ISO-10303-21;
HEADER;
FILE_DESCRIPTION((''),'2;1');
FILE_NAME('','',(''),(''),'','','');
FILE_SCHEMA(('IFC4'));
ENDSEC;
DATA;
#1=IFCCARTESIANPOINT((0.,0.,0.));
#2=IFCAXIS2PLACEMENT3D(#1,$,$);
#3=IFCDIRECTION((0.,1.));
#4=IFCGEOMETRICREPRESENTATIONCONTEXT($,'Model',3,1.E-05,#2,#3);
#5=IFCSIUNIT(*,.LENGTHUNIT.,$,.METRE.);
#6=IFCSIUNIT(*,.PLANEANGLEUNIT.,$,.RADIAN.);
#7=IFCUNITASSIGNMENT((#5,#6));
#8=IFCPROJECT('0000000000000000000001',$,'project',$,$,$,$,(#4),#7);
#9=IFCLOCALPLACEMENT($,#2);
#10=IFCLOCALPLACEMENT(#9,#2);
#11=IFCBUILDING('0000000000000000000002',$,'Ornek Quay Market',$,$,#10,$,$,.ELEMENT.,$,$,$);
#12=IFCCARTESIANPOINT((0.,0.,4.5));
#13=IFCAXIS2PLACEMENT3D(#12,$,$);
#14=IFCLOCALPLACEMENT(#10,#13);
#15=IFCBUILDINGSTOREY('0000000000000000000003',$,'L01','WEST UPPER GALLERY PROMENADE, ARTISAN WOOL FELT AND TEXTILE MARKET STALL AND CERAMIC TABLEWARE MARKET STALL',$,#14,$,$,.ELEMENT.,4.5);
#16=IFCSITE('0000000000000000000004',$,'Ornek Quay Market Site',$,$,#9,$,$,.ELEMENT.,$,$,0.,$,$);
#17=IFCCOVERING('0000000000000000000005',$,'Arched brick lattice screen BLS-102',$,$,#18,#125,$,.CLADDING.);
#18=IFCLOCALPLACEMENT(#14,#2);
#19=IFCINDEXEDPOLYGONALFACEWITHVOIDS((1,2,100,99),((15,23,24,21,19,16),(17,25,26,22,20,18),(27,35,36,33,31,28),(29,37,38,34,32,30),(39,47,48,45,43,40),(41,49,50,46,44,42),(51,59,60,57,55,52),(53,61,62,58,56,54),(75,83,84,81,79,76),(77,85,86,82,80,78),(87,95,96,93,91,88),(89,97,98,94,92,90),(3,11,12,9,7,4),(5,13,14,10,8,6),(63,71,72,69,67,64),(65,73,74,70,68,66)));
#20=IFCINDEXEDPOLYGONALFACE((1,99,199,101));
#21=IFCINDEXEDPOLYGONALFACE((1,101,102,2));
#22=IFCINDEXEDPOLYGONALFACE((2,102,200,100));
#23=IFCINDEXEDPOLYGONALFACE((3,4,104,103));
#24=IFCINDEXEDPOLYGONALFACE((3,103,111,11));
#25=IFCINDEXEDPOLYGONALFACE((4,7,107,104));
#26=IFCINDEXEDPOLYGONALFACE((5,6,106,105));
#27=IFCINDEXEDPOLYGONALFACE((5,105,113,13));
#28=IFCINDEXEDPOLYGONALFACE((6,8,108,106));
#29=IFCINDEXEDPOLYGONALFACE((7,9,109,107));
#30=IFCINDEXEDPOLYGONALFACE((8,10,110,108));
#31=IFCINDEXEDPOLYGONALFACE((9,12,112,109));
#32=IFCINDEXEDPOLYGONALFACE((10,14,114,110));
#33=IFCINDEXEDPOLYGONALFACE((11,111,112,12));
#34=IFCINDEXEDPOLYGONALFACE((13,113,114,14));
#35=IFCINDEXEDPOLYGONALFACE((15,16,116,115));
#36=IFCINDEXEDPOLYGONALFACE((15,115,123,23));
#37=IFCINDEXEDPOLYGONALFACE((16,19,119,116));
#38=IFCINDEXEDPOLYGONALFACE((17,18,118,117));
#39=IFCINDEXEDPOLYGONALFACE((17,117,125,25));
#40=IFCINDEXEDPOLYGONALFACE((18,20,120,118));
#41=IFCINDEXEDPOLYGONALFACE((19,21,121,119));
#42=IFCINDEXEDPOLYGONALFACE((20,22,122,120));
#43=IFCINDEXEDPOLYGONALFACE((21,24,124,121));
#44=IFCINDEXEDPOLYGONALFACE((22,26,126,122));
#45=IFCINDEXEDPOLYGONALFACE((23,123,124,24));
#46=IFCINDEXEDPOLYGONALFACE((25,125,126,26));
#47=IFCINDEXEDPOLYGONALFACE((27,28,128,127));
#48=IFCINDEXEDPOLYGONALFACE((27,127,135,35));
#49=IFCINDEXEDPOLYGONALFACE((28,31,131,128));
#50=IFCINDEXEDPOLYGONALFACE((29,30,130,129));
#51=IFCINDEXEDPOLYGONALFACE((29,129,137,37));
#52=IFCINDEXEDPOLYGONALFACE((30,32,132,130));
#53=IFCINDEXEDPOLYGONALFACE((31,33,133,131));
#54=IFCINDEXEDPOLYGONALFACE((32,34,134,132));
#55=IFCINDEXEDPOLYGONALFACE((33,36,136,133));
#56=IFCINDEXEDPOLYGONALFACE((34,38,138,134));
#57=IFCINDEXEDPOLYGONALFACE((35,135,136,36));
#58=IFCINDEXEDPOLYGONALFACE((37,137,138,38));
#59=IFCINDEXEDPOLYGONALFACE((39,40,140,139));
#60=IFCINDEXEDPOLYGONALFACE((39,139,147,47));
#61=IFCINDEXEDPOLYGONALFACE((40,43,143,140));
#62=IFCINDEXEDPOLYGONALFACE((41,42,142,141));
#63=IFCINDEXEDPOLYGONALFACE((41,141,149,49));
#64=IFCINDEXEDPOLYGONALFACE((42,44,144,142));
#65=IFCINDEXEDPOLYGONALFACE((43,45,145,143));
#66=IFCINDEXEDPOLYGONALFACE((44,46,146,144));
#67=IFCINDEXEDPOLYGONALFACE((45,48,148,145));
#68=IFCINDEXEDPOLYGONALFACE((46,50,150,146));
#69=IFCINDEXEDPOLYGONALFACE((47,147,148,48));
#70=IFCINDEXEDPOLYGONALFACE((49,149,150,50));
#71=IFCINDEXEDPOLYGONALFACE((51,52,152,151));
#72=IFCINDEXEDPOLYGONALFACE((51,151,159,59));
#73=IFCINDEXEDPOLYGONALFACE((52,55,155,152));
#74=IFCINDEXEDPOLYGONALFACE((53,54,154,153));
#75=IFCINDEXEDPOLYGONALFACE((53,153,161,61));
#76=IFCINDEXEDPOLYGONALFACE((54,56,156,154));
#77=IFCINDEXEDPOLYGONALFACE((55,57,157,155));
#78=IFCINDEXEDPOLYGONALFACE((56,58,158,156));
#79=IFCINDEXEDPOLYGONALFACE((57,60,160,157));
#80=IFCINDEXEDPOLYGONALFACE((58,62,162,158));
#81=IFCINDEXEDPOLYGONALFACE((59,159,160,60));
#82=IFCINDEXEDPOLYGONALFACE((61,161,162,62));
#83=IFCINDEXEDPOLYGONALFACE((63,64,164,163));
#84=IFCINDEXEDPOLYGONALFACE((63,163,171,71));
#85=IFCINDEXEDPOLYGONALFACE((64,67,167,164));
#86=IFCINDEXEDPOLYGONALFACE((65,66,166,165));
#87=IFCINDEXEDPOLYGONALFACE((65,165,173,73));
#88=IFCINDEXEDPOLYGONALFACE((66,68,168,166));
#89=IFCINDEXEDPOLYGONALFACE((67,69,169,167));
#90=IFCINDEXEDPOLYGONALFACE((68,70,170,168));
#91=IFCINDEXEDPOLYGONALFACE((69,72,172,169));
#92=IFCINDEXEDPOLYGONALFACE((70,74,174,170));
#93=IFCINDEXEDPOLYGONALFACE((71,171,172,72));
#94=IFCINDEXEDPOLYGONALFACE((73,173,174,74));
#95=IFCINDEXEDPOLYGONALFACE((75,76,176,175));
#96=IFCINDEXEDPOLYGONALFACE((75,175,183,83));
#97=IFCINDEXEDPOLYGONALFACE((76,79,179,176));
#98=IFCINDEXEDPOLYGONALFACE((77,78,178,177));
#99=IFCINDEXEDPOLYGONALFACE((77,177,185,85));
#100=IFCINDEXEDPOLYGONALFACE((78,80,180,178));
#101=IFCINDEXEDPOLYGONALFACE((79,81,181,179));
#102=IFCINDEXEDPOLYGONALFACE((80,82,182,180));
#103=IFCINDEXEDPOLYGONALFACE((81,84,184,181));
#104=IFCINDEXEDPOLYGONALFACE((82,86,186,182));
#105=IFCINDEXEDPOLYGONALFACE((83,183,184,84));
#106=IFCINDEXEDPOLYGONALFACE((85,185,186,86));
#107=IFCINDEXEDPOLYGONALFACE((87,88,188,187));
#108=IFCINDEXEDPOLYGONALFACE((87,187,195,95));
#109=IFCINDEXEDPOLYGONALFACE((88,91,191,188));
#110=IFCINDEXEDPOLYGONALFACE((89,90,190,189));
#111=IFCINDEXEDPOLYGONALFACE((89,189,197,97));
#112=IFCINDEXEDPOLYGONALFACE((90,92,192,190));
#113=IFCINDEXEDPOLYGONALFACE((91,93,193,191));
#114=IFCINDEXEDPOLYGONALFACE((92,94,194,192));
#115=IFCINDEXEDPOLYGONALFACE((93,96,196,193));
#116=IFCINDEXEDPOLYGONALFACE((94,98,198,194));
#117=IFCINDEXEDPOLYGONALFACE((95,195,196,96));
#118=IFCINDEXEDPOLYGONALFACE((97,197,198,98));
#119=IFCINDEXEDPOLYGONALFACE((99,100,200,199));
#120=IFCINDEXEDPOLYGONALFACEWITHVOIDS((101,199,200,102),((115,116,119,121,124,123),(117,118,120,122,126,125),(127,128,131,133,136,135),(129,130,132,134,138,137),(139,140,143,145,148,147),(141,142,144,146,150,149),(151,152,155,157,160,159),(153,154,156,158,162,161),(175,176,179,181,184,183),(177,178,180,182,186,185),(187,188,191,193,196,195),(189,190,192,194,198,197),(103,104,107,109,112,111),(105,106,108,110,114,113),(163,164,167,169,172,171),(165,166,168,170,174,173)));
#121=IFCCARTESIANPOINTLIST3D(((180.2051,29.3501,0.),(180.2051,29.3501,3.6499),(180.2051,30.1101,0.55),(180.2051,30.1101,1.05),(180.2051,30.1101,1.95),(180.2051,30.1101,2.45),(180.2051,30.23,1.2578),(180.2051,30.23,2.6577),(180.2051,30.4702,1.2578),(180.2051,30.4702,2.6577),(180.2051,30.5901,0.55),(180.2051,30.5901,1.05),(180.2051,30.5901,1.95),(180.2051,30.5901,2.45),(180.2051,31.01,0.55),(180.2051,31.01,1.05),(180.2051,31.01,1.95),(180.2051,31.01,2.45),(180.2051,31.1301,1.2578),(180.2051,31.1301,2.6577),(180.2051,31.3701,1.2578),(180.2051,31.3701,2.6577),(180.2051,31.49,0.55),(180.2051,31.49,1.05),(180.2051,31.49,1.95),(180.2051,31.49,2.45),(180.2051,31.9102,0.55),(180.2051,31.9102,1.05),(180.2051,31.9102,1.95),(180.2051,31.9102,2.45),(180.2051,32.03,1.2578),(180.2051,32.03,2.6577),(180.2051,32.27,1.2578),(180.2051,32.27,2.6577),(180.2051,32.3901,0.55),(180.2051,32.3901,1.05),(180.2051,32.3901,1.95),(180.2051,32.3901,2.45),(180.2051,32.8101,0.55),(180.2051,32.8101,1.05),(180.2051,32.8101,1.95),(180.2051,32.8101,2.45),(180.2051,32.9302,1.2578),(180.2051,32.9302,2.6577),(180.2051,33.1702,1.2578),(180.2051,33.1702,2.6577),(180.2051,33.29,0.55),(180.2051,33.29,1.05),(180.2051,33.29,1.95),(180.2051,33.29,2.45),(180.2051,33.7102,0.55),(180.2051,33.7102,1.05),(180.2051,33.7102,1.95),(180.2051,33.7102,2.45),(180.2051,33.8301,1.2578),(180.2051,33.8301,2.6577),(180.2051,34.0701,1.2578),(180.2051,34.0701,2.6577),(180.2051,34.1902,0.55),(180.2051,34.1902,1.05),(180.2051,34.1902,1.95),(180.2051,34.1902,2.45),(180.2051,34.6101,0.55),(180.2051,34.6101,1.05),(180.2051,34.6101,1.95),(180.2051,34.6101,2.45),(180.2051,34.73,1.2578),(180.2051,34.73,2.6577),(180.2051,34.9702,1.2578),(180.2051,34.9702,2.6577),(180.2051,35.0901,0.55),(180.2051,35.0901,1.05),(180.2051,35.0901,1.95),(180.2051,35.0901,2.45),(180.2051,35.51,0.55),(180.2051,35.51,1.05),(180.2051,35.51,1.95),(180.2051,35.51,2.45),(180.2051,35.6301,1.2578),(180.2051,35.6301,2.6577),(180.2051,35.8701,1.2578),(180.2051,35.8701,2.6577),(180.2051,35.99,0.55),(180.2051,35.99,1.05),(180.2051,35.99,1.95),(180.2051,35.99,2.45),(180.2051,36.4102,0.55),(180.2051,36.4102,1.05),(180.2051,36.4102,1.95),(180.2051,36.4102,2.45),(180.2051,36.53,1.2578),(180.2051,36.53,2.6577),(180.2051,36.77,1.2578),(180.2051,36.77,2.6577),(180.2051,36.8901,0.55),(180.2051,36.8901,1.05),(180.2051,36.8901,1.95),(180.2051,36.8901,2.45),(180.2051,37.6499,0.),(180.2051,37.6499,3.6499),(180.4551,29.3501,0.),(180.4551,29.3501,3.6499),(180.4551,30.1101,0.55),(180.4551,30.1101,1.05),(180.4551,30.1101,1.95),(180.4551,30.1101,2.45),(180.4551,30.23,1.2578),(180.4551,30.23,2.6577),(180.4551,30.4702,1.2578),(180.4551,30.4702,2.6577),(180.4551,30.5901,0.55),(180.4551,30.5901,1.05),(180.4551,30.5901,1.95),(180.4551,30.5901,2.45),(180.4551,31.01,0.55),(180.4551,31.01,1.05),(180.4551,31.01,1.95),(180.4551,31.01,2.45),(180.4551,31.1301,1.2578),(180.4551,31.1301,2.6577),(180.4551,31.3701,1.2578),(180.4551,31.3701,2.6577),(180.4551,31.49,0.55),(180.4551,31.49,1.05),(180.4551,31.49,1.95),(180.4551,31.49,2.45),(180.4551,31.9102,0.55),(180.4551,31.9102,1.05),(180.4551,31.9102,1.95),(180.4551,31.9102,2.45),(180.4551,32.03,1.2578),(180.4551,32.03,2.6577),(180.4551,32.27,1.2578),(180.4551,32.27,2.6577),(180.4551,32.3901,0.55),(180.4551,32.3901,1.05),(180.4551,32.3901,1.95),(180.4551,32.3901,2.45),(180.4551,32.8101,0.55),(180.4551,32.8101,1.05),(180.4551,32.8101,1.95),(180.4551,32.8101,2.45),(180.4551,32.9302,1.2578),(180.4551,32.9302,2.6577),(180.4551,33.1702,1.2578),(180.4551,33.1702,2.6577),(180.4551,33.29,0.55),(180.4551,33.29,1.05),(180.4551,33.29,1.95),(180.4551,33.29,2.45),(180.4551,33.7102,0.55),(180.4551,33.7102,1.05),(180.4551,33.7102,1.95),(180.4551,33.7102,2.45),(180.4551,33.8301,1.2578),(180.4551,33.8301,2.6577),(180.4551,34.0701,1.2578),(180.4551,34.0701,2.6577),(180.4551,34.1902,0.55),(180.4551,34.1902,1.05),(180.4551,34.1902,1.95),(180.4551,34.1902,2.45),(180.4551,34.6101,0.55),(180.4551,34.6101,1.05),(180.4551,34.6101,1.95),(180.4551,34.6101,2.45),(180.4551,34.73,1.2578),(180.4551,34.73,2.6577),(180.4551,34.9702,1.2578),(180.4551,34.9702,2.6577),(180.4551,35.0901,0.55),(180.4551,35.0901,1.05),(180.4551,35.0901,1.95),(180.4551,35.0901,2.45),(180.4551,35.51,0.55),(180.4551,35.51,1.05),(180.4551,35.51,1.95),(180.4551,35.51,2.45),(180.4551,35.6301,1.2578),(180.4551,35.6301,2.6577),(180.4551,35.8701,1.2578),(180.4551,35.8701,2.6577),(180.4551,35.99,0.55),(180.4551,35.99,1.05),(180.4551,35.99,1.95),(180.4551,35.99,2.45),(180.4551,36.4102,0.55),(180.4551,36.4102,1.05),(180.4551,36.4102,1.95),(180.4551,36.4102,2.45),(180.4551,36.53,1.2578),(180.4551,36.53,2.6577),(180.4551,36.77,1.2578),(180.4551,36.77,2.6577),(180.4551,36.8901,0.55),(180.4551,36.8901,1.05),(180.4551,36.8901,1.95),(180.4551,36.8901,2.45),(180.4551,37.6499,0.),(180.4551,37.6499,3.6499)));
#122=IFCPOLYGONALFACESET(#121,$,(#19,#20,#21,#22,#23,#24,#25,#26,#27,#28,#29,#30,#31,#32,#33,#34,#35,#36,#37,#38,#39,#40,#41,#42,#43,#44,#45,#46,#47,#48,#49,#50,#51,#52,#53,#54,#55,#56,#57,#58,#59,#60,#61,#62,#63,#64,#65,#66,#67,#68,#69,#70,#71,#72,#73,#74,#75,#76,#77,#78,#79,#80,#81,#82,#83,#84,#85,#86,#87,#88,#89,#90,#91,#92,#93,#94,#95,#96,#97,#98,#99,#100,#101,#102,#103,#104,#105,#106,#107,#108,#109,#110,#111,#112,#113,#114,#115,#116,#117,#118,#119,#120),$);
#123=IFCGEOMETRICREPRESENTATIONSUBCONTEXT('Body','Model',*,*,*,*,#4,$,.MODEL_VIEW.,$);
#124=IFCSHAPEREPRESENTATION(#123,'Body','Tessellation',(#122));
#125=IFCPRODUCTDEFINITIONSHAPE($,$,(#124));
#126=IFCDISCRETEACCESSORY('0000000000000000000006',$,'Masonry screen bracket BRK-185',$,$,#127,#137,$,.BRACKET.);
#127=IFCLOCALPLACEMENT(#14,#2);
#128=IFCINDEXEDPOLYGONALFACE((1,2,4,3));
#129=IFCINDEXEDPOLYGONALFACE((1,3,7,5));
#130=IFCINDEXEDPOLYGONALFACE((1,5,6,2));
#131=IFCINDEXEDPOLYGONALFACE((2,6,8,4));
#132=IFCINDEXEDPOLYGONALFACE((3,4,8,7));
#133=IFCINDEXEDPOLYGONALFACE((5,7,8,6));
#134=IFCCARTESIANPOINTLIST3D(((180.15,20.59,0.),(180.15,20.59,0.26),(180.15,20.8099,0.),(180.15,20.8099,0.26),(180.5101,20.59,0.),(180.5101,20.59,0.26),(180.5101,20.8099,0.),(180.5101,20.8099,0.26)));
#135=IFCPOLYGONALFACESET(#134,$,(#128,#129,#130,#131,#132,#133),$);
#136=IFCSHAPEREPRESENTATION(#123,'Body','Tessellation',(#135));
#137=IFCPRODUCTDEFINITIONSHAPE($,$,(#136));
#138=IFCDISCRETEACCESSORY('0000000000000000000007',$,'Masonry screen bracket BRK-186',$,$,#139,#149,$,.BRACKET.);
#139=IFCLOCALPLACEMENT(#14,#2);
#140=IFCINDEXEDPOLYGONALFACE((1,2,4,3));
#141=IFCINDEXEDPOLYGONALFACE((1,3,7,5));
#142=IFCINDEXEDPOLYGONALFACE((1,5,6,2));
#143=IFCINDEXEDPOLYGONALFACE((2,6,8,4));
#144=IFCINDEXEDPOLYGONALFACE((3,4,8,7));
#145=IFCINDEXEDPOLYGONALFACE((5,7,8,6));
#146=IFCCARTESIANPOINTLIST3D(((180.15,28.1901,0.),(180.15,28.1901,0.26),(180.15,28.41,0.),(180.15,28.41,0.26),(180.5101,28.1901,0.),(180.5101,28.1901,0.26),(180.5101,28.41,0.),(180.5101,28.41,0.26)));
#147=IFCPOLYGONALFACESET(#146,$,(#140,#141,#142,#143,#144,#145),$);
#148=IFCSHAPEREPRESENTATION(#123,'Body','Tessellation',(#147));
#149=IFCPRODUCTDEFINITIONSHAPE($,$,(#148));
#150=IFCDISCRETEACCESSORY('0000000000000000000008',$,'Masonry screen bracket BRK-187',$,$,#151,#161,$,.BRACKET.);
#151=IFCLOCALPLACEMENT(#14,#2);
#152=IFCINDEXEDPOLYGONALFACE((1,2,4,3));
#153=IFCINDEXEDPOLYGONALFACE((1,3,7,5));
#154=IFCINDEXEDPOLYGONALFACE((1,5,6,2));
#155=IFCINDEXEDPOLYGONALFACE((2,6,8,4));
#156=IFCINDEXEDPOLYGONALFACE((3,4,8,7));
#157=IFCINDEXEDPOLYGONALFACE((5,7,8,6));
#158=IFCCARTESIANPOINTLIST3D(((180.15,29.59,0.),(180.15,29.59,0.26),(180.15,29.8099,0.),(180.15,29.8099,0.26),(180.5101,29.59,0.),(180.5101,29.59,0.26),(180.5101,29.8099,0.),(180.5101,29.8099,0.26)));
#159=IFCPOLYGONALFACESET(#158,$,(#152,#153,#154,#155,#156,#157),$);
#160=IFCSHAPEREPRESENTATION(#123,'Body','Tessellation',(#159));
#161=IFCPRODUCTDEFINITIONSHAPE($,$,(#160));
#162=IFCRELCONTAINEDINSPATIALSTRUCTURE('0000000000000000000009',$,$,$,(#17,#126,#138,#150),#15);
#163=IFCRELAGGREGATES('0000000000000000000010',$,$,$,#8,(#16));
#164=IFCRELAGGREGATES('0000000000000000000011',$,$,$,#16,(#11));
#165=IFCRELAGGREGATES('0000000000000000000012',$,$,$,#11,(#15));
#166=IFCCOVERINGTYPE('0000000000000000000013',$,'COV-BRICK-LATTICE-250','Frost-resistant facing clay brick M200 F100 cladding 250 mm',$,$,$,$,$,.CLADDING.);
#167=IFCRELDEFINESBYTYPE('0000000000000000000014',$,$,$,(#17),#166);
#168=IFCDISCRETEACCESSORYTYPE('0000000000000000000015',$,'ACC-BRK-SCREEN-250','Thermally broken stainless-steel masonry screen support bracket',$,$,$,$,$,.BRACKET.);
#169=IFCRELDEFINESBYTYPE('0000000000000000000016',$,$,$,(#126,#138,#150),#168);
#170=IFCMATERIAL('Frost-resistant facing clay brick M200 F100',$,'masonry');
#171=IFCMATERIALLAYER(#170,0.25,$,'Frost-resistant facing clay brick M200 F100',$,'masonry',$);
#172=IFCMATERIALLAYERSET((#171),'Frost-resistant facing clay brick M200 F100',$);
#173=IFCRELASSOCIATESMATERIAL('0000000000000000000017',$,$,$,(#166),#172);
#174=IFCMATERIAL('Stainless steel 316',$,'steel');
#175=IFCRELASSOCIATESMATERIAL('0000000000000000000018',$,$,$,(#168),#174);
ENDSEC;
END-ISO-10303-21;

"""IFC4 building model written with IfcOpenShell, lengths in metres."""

from ifc_helpers import new_model, si_unit, direction, frame, origin, origin_2d, place, context, subcontext, project, spatial, polyline, rectangle, outline, extrude, material, layer, layer_set, type_object, element, save


model = new_model("IFC4")

# Units and contexts
model_context = context("Model", 3, precision=1e-05, world=origin(), true_north=direction((0.0, 1.0)))
body_context = subcontext(model_context, "Body", "Model", "MODEL_VIEW")
ifc_project = project(units=[si_unit("LENGTHUNIT", "METRE"), si_unit("PLANEANGLEUNIT", "RADIAN")], contexts=[model_context])

# Site, building, storey
site_placement = place(None, origin())
site = spatial("IfcSite", under=ifc_project, at=site_placement, Name="Ornek Quay Market Site", CompositionType="ELEMENT", RefElevation=0.0)
building_placement = place(site_placement, origin())
building = spatial("IfcBuilding", under=site, at=building_placement, Name="Ornek Quay Market", CompositionType="ELEMENT")
storey_placement = place(building_placement, frame((0.0, 0.0, 4.5)))
storey = spatial("IfcBuildingStorey", under=building, at=storey_placement, Name="L01", Description="WEST UPPER GALLERY PROMENADE, ARTISAN WOOL FELT AND TEXTILE MARKET STALL AND CERAMIC TABLEWARE MARKET STALL", CompositionType="ELEMENT", Elevation=4.5)

# Shared definitions
ifc_material_1 = material(Name="Frost-resistant facing clay brick M200 F100", Category="masonry")

# Covering
ifc_layer_1 = layer(ifc_material_1, 0.25, Name="Frost-resistant facing clay brick M200 F100", Category="masonry")
ifc_layer_set_1 = layer_set([ifc_layer_1], Name="Frost-resistant facing clay brick M200 F100")
covering_type = type_object("IfcCoveringType", Name="COV-BRICK-LATTICE-250", Description="Frost-resistant facing clay brick M200 F100 cladding 250 mm", PredefinedType="CLADDING", material=ifc_layer_set_1)
covering_1_placement = place(storey_placement, frame((180.3301, 29.3501, 0.0), z_axis=(0.0, 0.0, 1.0), x_axis=(0.0, 1.0, 0.0)))
element("IfcCovering", 1, at=covering_1_placement, inside=storey, type_object=covering_type, Name="Arched brick lattice screen BLS-102", PredefinedType="CLADDING", context=body_context, shape_type="SweptSolid", body=[
    extrude(outline(polyline([(0.0, 0.0), (8.2998, 0.0), (8.2998, 3.6499), (0.0, 3.6499), (0.0, 0.0)]), holes=[polyline([(0.76, 0.55), (1.24, 0.55), (1.24, 1.05), (1.1201, 1.2578), (0.8799, 1.2578), (0.76, 1.05), (0.76, 0.55)]), polyline([(0.76, 1.95), (1.24, 1.95), (1.24, 2.45), (1.1201, 2.6577), (0.8799, 2.6577), (0.76, 2.45), (0.76, 1.95)]), polyline([(1.6599, 0.55), (2.1399, 0.55), (2.1399, 1.05), (2.02, 1.2578), (1.78, 1.2578), (1.6599, 1.05), (1.6599, 0.55)]), polyline([(1.6599, 1.95), (2.1399, 1.95), (2.1399, 2.45), (2.02, 2.6577), (1.78, 2.6577), (1.6599, 2.45), (1.6599, 1.95)]), polyline([(2.5601, 0.55), (3.04, 0.55), (3.04, 1.05), (2.9199, 1.2578), (2.6799, 1.2578), (2.5601, 1.05), (2.5601, 0.55)]), polyline([(2.5601, 1.95), (3.04, 1.95), (3.04, 2.45), (2.9199, 2.6577), (2.6799, 2.6577), (2.5601, 2.45), (2.5601, 1.95)]), polyline([(3.46, 0.55), (3.9399, 0.55), (3.9399, 1.05), (3.8201, 1.2578), (3.5801, 1.2578), (3.46, 1.05), (3.46, 0.55)]), polyline([(3.46, 1.95), (3.9399, 1.95), (3.9399, 2.45), (3.8201, 2.6577), (3.5801, 2.6577), (3.46, 2.45), (3.46, 1.95)]), polyline([(4.3601, 0.55), (4.8401, 0.55), (4.8401, 1.05), (4.72, 1.2578), (4.48, 1.2578), (4.3601, 1.05), (4.3601, 0.55)]), polyline([(4.3601, 1.95), (4.8401, 1.95), (4.8401, 2.45), (4.72, 2.6577), (4.48, 2.6577), (4.3601, 2.45), (4.3601, 1.95)]), polyline([(5.26, 0.55), (5.74, 0.55), (5.74, 1.05), (5.6201, 1.2578), (5.3799, 1.2578), (5.26, 1.05), (5.26, 0.55)]), polyline([(5.26, 1.95), (5.74, 1.95), (5.74, 2.45), (5.6201, 2.6577), (5.3799, 2.6577), (5.26, 2.45), (5.26, 1.95)]), polyline([(6.1599, 0.55), (6.6399, 0.55), (6.6399, 1.05), (6.52, 1.2578), (6.28, 1.2578), (6.1599, 1.05), (6.1599, 0.55)]), polyline([(6.1599, 1.95), (6.6399, 1.95), (6.6399, 2.45), (6.52, 2.6577), (6.28, 2.6577), (6.1599, 2.45), (6.1599, 1.95)]), polyline([(7.0601, 0.55), (7.54, 0.55), (7.54, 1.05), (7.4199, 1.2578), (7.1799, 1.2578), (7.0601, 1.05), (7.0601, 0.55)]), polyline([(7.0601, 1.95), (7.54, 1.95), (7.54, 2.45), (7.4199, 2.6577), (7.1799, 2.6577), (7.0601, 2.45), (7.0601, 1.95)])]), frame((0.0, 0.125, 0.0), z_axis=(0.0, -1.0, 0.0), x_axis=(1.0, 0.0, 0.0)), (0.0, 0.0, 1.0), 0.25),
])

# Discrete accessories
ifc_material_2 = material(Name="Stainless steel 316", Category="steel")
discrete_accessory_type = type_object("IfcDiscreteAccessoryType", Name="ACC-BRK-SCREEN-250", Description="Thermally broken stainless-steel masonry screen support bracket", PredefinedType="BRACKET", material=ifc_material_2)
for number, where, z_axis, x_axis, name in (
    (2, (180.3301, 20.7, 0.0), (0.0, 0.0, 1.0), (0.0, 1.0, 0.0), "Masonry screen bracket BRK-185"),
    (3, (180.3301, 28.3, 0.0), (0.0, 0.0, 1.0), (0.0, 1.0, 0.0), "Masonry screen bracket BRK-186"),
    (4, (180.3301, 29.7, 0.0), (0.0, 0.0, 1.0), (0.0, 1.0, 0.0), "Masonry screen bracket BRK-187"),
):
    element("IfcDiscreteAccessory", number, at=place(storey_placement, frame(where, z_axis=z_axis, x_axis=x_axis)), inside=storey, type_object=discrete_accessory_type, Name=name, PredefinedType="BRACKET", context=body_context, shape_type="SweptSolid", body=[
        extrude(rectangle(XDim=0.22, YDim=0.3601, at=origin_2d()), origin(), (0.0, 0.0, 1.0), 0.26),
    ])

save(model, "model.ifc")
